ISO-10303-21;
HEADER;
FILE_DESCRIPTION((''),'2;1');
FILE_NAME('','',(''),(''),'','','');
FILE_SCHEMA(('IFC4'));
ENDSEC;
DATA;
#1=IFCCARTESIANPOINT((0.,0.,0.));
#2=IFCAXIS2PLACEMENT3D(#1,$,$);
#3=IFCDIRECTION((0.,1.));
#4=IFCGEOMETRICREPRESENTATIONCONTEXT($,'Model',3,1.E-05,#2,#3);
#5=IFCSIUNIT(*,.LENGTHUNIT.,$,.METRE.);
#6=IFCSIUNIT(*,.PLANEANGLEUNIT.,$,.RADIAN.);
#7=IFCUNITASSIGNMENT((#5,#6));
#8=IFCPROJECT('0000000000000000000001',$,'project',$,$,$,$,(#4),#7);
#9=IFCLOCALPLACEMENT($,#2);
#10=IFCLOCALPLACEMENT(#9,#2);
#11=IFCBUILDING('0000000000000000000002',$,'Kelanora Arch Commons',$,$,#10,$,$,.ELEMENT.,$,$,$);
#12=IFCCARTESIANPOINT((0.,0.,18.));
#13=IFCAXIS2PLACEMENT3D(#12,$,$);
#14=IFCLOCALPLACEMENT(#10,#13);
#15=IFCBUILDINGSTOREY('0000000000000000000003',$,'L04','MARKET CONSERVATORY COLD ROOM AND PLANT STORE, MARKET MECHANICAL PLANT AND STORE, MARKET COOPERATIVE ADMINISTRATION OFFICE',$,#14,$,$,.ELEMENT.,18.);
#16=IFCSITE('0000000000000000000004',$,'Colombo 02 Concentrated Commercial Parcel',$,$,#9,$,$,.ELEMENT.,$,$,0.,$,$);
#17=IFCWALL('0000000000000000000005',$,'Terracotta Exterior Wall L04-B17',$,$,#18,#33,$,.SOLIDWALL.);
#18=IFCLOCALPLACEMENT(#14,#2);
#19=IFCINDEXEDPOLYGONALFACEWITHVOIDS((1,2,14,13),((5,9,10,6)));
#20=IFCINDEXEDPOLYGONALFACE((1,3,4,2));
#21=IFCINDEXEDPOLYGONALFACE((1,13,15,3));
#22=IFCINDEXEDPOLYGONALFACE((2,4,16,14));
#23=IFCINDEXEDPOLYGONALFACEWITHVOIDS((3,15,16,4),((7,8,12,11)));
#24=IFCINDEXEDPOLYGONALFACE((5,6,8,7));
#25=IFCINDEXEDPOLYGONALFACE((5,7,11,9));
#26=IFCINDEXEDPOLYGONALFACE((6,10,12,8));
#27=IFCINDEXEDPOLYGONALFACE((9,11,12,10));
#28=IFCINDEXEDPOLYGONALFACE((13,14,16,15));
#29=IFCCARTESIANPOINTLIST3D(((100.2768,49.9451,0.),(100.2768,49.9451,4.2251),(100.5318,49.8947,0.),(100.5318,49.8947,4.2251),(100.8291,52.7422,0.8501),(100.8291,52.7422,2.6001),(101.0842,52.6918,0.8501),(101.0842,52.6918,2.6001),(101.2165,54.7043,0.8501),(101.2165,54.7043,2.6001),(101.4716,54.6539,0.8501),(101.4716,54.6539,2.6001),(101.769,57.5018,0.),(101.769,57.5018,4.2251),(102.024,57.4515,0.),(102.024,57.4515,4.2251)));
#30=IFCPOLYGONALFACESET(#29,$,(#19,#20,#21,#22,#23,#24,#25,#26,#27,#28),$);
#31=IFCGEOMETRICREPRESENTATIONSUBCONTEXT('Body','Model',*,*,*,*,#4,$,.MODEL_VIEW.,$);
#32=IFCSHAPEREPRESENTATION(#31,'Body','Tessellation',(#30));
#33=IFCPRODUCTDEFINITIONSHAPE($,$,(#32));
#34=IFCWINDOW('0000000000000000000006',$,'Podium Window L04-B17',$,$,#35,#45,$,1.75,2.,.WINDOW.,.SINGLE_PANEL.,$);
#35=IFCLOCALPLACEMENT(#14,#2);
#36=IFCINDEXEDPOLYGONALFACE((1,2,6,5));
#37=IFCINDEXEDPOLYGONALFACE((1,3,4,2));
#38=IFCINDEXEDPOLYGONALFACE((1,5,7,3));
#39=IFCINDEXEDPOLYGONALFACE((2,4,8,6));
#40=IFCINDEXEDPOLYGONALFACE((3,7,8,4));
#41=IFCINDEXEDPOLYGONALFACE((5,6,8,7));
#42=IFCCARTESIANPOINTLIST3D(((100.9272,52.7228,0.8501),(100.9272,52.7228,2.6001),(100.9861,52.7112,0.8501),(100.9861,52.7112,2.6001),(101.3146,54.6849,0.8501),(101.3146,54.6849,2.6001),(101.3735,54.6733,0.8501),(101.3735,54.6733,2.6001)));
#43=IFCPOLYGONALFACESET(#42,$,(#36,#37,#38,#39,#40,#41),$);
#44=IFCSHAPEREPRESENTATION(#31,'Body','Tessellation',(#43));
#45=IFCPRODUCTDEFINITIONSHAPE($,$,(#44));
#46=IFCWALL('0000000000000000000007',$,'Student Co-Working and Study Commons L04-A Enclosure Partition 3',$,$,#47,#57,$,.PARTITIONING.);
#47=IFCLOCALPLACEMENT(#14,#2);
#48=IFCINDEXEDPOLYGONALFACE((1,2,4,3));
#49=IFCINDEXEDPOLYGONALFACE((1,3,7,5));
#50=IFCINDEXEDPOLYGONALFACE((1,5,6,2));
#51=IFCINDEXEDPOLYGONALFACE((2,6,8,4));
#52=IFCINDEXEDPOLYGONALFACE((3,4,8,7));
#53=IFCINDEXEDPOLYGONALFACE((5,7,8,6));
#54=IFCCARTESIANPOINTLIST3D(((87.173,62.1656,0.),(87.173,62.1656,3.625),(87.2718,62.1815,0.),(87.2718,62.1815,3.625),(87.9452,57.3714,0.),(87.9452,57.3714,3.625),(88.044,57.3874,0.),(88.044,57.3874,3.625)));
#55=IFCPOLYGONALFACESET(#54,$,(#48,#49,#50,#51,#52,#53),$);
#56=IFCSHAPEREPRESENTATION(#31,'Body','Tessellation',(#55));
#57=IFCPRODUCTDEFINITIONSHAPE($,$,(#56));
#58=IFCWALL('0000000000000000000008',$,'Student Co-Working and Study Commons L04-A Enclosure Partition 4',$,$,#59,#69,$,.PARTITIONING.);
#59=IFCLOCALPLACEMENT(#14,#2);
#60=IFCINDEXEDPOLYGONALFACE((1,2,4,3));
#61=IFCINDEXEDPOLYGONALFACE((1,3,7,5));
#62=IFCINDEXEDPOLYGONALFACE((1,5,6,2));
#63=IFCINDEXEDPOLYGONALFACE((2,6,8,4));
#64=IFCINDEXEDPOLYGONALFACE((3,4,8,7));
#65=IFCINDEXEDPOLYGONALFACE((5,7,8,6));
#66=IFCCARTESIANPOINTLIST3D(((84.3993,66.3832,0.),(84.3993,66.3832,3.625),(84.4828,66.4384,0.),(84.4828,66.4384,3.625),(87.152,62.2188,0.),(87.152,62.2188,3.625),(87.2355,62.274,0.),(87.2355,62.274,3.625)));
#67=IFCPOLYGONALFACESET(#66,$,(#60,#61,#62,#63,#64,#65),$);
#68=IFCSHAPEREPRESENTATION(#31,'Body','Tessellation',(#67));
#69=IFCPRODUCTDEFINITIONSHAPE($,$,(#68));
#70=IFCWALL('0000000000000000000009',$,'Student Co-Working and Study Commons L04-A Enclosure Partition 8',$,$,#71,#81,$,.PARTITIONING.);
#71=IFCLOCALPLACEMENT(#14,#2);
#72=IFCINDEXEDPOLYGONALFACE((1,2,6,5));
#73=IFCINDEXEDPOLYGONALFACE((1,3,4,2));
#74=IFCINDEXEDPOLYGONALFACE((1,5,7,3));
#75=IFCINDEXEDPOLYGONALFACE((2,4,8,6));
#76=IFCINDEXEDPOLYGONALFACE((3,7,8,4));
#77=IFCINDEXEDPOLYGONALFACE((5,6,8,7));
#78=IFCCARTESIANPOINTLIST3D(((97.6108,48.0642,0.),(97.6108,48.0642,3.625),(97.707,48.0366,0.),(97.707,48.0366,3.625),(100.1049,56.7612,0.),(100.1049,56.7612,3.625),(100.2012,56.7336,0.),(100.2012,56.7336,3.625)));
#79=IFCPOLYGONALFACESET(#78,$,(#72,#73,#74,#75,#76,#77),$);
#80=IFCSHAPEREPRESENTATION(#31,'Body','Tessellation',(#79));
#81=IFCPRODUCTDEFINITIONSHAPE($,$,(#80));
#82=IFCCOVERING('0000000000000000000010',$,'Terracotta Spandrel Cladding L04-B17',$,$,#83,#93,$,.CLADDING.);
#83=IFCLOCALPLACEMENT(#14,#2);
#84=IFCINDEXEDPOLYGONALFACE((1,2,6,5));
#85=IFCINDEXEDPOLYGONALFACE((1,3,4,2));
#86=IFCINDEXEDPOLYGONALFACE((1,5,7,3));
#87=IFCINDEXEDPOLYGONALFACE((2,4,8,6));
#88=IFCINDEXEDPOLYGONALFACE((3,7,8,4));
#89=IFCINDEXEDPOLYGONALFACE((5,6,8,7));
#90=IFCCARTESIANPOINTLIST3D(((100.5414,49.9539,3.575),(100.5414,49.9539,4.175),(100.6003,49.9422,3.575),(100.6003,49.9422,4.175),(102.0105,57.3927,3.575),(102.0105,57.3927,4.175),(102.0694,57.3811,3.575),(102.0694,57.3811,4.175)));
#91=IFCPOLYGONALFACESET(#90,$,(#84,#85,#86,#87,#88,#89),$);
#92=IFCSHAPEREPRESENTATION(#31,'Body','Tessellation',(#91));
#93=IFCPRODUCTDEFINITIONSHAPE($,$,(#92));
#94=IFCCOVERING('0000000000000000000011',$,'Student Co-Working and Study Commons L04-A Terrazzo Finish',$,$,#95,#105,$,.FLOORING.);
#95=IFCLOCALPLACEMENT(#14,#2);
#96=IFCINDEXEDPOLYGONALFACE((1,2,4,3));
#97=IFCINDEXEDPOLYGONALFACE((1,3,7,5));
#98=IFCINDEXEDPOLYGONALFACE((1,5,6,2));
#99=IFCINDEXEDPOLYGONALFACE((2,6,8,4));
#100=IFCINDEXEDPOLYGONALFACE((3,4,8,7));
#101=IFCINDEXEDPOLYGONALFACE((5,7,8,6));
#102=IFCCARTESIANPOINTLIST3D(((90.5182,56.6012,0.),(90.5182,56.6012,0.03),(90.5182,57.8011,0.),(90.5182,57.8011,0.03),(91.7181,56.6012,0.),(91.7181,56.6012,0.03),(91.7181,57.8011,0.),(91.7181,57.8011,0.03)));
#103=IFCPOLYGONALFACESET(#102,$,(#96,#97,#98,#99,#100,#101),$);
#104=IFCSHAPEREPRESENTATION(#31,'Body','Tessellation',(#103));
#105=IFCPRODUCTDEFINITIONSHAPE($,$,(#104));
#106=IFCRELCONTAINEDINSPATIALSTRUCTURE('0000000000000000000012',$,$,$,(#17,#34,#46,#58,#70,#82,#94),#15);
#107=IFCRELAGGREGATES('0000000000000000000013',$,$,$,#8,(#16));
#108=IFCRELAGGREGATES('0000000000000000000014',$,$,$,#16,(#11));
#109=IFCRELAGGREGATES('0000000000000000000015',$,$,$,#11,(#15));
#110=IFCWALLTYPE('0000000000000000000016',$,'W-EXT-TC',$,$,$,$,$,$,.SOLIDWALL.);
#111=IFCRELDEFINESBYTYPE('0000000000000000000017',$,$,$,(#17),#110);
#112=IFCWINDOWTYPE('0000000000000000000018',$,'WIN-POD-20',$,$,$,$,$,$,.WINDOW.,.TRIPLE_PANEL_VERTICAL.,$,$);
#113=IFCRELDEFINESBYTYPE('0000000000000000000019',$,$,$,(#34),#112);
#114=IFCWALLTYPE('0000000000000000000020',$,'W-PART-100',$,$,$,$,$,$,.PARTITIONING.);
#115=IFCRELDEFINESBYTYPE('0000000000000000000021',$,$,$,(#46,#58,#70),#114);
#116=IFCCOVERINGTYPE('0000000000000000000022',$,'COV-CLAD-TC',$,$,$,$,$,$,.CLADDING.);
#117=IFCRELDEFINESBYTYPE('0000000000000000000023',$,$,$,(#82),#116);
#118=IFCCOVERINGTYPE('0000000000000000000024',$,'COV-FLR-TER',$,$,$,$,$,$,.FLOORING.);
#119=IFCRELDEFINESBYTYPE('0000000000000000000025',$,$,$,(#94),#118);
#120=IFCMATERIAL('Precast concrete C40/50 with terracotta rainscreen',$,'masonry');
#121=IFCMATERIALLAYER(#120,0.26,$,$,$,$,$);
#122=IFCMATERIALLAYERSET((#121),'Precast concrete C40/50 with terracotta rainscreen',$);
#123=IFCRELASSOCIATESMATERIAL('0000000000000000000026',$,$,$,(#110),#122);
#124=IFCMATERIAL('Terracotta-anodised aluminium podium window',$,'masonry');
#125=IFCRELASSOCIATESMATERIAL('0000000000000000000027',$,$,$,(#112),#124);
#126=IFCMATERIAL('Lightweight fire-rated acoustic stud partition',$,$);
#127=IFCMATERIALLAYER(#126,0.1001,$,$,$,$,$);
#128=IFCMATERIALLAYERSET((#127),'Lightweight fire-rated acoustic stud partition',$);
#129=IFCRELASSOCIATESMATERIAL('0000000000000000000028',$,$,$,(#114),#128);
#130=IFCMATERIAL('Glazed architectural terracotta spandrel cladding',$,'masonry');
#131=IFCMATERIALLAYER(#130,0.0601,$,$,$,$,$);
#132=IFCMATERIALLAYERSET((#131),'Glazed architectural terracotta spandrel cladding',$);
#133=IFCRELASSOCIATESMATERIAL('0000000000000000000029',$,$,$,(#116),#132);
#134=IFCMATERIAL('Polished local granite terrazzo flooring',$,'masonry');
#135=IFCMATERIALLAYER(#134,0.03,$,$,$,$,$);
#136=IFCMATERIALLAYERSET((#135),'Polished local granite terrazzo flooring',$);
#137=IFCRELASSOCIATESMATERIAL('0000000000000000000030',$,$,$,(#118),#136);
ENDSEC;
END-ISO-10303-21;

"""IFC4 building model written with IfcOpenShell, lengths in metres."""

from ifc_helpers import new_model, si_unit, direction, frame, frame_2d, origin, origin_2d, place, context, subcontext, project, spatial, rectangle, extrude, source, transform, mapped, material, layer, layer_set, type_object, element, fill, save


model = new_model("IFC4")

# Units and contexts
model_context = context("Model", 3, precision=1e-05, world=origin(), true_north=direction((0.0, 1.0)))
body_context = subcontext(model_context, "Body", "Model", "MODEL_VIEW")
ifc_project = project(units=[si_unit("LENGTHUNIT", "METRE"), si_unit("PLANEANGLEUNIT", "RADIAN")], contexts=[model_context])

# Site, building, storey
site_placement = place(None, origin())
site = spatial("IfcSite", under=ifc_project, at=site_placement, Name="Colombo 02 Concentrated Commercial Parcel", CompositionType="ELEMENT", RefElevation=0.0)
building_placement = place(site_placement, origin())
building = spatial("IfcBuilding", under=site, at=building_placement, Name="Kelanora Arch Commons", CompositionType="ELEMENT")
storey_placement = place(building_placement, frame((0.0, 0.0, 18.0)))
storey = spatial("IfcBuildingStorey", under=building, at=storey_placement, Name="L04", Description="MARKET CONSERVATORY COLD ROOM AND PLANT STORE, MARKET MECHANICAL PLANT AND STORE, MARKET COOPERATIVE ADMINISTRATION OFFICE", CompositionType="ELEMENT", Elevation=18.0)

# Wall, opening, window
ifc_material_1 = material(Name="Precast concrete C40/50 with terracotta rainscreen", Category="masonry")
ifc_layer_1 = layer(ifc_material_1, 0.26)
ifc_layer_set_1 = layer_set([ifc_layer_1], Name="Precast concrete C40/50 with terracotta rainscreen")
wall_type_1 = type_object("IfcWallType", Name="W-EXT-TC", PredefinedType="SOLIDWALL", material=ifc_layer_set_1)
wall_1_placement = place(storey_placement, frame((100.4043, 49.9199, 0.0), z_axis=(0.0, 0.0, 1.0), x_axis=(0.193726, 0.981056, 0.0)))
wall_1 = element("IfcWall", 1, at=wall_1_placement, inside=storey, type_object=wall_type_1, Name="Terracotta Exterior Wall L04-B17", PredefinedType="SOLIDWALL", context=body_context, shape_type="SweptSolid", body=[
    extrude(rectangle(XDim=7.7026, YDim=0.26, at=frame_2d((3.8513, 0.0))), origin(), (0.0, 0.0, 1.0), 4.2251),
])
opening_placement = place(wall_1_placement, frame((2.8511, 0.0, 0.8501)))
opening = element("IfcOpeningElement", 2, at=opening_placement, cuts=wall_1, PredefinedType="OPENING", context=body_context, shape_type="SweptSolid", body=[
    extrude(rectangle(XDim=2.0, YDim=1.75, at=frame_2d((1.0, 0.875))), frame((0.0, 0.1401, 0.0), z_axis=(0.0, -1.0, 0.0), x_axis=(1.0, 0.0, 0.0)), (0.0, 0.0, 1.0), 0.28),
])
ifc_material_2 = material(Name="Terracotta-anodised aluminium podium window", Category="masonry")
window_type = type_object("IfcWindowType", Name="WIN-POD-20", PartitioningType="TRIPLE_PANEL_VERTICAL", PredefinedType="WINDOW", material=ifc_material_2)
window_placement = place(opening_placement, origin())
window = element("IfcWindow", 3, at=window_placement, inside=storey, type_object=window_type, Name="Podium Window L04-B17", OverallHeight=1.75, OverallWidth=2.0, PartitioningType="SINGLE_PANEL", PredefinedType="WINDOW", context=body_context, shape_type="SweptSolid", body=[
    extrude(rectangle(XDim=2.0, YDim=1.75, at=frame_2d((1.0, 0.875))), frame((0.0, 0.03, 0.0), z_axis=(0.0, -1.0, 0.0), x_axis=(1.0, 0.0, 0.0)), (0.0, 0.0, 1.0), 0.0601),
])
fill(opening, window)

# Walls
ifc_material_3 = material(Name="Lightweight fire-rated acoustic stud partition")
ifc_layer_2 = layer(ifc_material_3, 0.1001)
ifc_layer_set_2 = layer_set([ifc_layer_2], Name="Lightweight fire-rated acoustic stud partition")
wall_type_2 = type_object("IfcWallType", Name="W-PART-100", PredefinedType="PARTITIONING", material=ifc_layer_set_2)
wall_2_placement = place(storey_placement, frame((87.9946, 57.3794, 0.0), z_axis=(0.0, 0.0, 1.0), x_axis=(-0.159024, 0.987275, 0.0)))
element("IfcWall", 4, at=wall_2_placement, inside=storey, type_object=wall_type_2, Name="Student Co-Working and Study Commons L04-A Enclosure Partition 3", PredefinedType="PARTITIONING", context=body_context, shape_type="SweptSolid", body=[
    extrude(rectangle(XDim=4.856, YDim=0.1001, at=frame_2d((2.428, 0.0))), origin(), (0.0, 0.0, 1.0), 3.625),
])
wall_3_placement = place(storey_placement, frame((87.1938, 62.2463, 0.0), z_axis=(0.0, 0.0, 1.0), x_axis=(-0.551434, 0.834218, 0.0)))
element("IfcWall", 5, at=wall_3_placement, inside=storey, type_object=wall_type_2, Name="Student Co-Working and Study Commons L04-A Enclosure Partition 4", PredefinedType="PARTITIONING", context=body_context, shape_type="SweptSolid", body=[
    extrude(rectangle(XDim=4.9919, YDim=0.1001, at=frame_2d((2.4961, 0.0))), origin(), (0.0, 0.0, 1.0), 3.625),
])
wall_4_placement = place(storey_placement, frame((100.1531, 56.7476, 0.0), z_axis=(0.0, 0.0, 1.0), x_axis=(-0.275669, -0.961253, 0.0)))
element("IfcWall", 6, at=wall_4_placement, inside=storey, type_object=wall_type_2, Name="Student Co-Working and Study Commons L04-A Enclosure Partition 8", PredefinedType="PARTITIONING", context=body_context, shape_type="SweptSolid", body=[
    extrude(rectangle(XDim=9.0476, YDim=0.1001, at=frame_2d((4.5239, 0.0))), origin(), (0.0, 0.0, 1.0), 3.625),
])

# Coverings
ifc_material_4 = material(Name="Glazed architectural terracotta spandrel cladding", Category="masonry")
ifc_layer_3 = layer(ifc_material_4, 0.0601)
ifc_layer_set_3 = layer_set([ifc_layer_3], Name="Glazed architectural terracotta spandrel cladding")
covering_type_1 = type_object("IfcCoveringType", Name="COV-CLAD-TC", PredefinedType="CLADDING", material=ifc_layer_set_3)
shared_shape_1 = source(origin(), body_context, "Body", "SweptSolid", [
    extrude(rectangle(XDim=7.5825, YDim=0.0601, at=origin_2d()), origin(), (0.0, 0.0, 1.0), 0.6001),
])
covering_1_placement = place(storey_placement, frame((101.3054, 53.6675, 3.575), z_axis=(0.0, 0.0, 1.0), x_axis=(0.193744, 0.981052, 0.0)))
element("IfcCovering", 7, at=covering_1_placement, inside=storey, type_object=covering_type_1, Name="Terracotta Spandrel Cladding L04-B17", PredefinedType="CLADDING", context=body_context, shape_type="MappedRepresentation", body=[
    mapped(shared_shape_1, transform((0.0, 0.0, 0.0), scale=1.0)),
])
ifc_material_5 = material(Name="Polished local granite terrazzo flooring", Category="masonry")
ifc_layer_4 = layer(ifc_material_5, 0.03)
ifc_layer_set_4 = layer_set([ifc_layer_4], Name="Polished local granite terrazzo flooring")
covering_type_2 = type_object("IfcCoveringType", Name="COV-FLR-TER", PredefinedType="FLOORING", material=ifc_layer_set_4)
shared_shape_2 = source(origin(), body_context, "Body", "SweptSolid", [
    extrude(rectangle(XDim=1.2, YDim=1.2, at=origin_2d()), origin(), (0.0, 0.0, 1.0), 0.03),
])
covering_2_placement = place(storey_placement, frame((91.1182, 57.2012, 0.0), z_axis=(0.0, 0.0, 1.0), x_axis=(1.0, 0.0, 0.0)))
element("IfcCovering", 8, at=covering_2_placement, inside=storey, type_object=covering_type_2, Name="Student Co-Working and Study Commons L04-A Terrazzo Finish", PredefinedType="FLOORING", context=body_context, shape_type="MappedRepresentation", body=[
    mapped(shared_shape_2, transform((0.0, 0.0, 0.0), scale=1.0)),
])

save(model, "model.ifc")
